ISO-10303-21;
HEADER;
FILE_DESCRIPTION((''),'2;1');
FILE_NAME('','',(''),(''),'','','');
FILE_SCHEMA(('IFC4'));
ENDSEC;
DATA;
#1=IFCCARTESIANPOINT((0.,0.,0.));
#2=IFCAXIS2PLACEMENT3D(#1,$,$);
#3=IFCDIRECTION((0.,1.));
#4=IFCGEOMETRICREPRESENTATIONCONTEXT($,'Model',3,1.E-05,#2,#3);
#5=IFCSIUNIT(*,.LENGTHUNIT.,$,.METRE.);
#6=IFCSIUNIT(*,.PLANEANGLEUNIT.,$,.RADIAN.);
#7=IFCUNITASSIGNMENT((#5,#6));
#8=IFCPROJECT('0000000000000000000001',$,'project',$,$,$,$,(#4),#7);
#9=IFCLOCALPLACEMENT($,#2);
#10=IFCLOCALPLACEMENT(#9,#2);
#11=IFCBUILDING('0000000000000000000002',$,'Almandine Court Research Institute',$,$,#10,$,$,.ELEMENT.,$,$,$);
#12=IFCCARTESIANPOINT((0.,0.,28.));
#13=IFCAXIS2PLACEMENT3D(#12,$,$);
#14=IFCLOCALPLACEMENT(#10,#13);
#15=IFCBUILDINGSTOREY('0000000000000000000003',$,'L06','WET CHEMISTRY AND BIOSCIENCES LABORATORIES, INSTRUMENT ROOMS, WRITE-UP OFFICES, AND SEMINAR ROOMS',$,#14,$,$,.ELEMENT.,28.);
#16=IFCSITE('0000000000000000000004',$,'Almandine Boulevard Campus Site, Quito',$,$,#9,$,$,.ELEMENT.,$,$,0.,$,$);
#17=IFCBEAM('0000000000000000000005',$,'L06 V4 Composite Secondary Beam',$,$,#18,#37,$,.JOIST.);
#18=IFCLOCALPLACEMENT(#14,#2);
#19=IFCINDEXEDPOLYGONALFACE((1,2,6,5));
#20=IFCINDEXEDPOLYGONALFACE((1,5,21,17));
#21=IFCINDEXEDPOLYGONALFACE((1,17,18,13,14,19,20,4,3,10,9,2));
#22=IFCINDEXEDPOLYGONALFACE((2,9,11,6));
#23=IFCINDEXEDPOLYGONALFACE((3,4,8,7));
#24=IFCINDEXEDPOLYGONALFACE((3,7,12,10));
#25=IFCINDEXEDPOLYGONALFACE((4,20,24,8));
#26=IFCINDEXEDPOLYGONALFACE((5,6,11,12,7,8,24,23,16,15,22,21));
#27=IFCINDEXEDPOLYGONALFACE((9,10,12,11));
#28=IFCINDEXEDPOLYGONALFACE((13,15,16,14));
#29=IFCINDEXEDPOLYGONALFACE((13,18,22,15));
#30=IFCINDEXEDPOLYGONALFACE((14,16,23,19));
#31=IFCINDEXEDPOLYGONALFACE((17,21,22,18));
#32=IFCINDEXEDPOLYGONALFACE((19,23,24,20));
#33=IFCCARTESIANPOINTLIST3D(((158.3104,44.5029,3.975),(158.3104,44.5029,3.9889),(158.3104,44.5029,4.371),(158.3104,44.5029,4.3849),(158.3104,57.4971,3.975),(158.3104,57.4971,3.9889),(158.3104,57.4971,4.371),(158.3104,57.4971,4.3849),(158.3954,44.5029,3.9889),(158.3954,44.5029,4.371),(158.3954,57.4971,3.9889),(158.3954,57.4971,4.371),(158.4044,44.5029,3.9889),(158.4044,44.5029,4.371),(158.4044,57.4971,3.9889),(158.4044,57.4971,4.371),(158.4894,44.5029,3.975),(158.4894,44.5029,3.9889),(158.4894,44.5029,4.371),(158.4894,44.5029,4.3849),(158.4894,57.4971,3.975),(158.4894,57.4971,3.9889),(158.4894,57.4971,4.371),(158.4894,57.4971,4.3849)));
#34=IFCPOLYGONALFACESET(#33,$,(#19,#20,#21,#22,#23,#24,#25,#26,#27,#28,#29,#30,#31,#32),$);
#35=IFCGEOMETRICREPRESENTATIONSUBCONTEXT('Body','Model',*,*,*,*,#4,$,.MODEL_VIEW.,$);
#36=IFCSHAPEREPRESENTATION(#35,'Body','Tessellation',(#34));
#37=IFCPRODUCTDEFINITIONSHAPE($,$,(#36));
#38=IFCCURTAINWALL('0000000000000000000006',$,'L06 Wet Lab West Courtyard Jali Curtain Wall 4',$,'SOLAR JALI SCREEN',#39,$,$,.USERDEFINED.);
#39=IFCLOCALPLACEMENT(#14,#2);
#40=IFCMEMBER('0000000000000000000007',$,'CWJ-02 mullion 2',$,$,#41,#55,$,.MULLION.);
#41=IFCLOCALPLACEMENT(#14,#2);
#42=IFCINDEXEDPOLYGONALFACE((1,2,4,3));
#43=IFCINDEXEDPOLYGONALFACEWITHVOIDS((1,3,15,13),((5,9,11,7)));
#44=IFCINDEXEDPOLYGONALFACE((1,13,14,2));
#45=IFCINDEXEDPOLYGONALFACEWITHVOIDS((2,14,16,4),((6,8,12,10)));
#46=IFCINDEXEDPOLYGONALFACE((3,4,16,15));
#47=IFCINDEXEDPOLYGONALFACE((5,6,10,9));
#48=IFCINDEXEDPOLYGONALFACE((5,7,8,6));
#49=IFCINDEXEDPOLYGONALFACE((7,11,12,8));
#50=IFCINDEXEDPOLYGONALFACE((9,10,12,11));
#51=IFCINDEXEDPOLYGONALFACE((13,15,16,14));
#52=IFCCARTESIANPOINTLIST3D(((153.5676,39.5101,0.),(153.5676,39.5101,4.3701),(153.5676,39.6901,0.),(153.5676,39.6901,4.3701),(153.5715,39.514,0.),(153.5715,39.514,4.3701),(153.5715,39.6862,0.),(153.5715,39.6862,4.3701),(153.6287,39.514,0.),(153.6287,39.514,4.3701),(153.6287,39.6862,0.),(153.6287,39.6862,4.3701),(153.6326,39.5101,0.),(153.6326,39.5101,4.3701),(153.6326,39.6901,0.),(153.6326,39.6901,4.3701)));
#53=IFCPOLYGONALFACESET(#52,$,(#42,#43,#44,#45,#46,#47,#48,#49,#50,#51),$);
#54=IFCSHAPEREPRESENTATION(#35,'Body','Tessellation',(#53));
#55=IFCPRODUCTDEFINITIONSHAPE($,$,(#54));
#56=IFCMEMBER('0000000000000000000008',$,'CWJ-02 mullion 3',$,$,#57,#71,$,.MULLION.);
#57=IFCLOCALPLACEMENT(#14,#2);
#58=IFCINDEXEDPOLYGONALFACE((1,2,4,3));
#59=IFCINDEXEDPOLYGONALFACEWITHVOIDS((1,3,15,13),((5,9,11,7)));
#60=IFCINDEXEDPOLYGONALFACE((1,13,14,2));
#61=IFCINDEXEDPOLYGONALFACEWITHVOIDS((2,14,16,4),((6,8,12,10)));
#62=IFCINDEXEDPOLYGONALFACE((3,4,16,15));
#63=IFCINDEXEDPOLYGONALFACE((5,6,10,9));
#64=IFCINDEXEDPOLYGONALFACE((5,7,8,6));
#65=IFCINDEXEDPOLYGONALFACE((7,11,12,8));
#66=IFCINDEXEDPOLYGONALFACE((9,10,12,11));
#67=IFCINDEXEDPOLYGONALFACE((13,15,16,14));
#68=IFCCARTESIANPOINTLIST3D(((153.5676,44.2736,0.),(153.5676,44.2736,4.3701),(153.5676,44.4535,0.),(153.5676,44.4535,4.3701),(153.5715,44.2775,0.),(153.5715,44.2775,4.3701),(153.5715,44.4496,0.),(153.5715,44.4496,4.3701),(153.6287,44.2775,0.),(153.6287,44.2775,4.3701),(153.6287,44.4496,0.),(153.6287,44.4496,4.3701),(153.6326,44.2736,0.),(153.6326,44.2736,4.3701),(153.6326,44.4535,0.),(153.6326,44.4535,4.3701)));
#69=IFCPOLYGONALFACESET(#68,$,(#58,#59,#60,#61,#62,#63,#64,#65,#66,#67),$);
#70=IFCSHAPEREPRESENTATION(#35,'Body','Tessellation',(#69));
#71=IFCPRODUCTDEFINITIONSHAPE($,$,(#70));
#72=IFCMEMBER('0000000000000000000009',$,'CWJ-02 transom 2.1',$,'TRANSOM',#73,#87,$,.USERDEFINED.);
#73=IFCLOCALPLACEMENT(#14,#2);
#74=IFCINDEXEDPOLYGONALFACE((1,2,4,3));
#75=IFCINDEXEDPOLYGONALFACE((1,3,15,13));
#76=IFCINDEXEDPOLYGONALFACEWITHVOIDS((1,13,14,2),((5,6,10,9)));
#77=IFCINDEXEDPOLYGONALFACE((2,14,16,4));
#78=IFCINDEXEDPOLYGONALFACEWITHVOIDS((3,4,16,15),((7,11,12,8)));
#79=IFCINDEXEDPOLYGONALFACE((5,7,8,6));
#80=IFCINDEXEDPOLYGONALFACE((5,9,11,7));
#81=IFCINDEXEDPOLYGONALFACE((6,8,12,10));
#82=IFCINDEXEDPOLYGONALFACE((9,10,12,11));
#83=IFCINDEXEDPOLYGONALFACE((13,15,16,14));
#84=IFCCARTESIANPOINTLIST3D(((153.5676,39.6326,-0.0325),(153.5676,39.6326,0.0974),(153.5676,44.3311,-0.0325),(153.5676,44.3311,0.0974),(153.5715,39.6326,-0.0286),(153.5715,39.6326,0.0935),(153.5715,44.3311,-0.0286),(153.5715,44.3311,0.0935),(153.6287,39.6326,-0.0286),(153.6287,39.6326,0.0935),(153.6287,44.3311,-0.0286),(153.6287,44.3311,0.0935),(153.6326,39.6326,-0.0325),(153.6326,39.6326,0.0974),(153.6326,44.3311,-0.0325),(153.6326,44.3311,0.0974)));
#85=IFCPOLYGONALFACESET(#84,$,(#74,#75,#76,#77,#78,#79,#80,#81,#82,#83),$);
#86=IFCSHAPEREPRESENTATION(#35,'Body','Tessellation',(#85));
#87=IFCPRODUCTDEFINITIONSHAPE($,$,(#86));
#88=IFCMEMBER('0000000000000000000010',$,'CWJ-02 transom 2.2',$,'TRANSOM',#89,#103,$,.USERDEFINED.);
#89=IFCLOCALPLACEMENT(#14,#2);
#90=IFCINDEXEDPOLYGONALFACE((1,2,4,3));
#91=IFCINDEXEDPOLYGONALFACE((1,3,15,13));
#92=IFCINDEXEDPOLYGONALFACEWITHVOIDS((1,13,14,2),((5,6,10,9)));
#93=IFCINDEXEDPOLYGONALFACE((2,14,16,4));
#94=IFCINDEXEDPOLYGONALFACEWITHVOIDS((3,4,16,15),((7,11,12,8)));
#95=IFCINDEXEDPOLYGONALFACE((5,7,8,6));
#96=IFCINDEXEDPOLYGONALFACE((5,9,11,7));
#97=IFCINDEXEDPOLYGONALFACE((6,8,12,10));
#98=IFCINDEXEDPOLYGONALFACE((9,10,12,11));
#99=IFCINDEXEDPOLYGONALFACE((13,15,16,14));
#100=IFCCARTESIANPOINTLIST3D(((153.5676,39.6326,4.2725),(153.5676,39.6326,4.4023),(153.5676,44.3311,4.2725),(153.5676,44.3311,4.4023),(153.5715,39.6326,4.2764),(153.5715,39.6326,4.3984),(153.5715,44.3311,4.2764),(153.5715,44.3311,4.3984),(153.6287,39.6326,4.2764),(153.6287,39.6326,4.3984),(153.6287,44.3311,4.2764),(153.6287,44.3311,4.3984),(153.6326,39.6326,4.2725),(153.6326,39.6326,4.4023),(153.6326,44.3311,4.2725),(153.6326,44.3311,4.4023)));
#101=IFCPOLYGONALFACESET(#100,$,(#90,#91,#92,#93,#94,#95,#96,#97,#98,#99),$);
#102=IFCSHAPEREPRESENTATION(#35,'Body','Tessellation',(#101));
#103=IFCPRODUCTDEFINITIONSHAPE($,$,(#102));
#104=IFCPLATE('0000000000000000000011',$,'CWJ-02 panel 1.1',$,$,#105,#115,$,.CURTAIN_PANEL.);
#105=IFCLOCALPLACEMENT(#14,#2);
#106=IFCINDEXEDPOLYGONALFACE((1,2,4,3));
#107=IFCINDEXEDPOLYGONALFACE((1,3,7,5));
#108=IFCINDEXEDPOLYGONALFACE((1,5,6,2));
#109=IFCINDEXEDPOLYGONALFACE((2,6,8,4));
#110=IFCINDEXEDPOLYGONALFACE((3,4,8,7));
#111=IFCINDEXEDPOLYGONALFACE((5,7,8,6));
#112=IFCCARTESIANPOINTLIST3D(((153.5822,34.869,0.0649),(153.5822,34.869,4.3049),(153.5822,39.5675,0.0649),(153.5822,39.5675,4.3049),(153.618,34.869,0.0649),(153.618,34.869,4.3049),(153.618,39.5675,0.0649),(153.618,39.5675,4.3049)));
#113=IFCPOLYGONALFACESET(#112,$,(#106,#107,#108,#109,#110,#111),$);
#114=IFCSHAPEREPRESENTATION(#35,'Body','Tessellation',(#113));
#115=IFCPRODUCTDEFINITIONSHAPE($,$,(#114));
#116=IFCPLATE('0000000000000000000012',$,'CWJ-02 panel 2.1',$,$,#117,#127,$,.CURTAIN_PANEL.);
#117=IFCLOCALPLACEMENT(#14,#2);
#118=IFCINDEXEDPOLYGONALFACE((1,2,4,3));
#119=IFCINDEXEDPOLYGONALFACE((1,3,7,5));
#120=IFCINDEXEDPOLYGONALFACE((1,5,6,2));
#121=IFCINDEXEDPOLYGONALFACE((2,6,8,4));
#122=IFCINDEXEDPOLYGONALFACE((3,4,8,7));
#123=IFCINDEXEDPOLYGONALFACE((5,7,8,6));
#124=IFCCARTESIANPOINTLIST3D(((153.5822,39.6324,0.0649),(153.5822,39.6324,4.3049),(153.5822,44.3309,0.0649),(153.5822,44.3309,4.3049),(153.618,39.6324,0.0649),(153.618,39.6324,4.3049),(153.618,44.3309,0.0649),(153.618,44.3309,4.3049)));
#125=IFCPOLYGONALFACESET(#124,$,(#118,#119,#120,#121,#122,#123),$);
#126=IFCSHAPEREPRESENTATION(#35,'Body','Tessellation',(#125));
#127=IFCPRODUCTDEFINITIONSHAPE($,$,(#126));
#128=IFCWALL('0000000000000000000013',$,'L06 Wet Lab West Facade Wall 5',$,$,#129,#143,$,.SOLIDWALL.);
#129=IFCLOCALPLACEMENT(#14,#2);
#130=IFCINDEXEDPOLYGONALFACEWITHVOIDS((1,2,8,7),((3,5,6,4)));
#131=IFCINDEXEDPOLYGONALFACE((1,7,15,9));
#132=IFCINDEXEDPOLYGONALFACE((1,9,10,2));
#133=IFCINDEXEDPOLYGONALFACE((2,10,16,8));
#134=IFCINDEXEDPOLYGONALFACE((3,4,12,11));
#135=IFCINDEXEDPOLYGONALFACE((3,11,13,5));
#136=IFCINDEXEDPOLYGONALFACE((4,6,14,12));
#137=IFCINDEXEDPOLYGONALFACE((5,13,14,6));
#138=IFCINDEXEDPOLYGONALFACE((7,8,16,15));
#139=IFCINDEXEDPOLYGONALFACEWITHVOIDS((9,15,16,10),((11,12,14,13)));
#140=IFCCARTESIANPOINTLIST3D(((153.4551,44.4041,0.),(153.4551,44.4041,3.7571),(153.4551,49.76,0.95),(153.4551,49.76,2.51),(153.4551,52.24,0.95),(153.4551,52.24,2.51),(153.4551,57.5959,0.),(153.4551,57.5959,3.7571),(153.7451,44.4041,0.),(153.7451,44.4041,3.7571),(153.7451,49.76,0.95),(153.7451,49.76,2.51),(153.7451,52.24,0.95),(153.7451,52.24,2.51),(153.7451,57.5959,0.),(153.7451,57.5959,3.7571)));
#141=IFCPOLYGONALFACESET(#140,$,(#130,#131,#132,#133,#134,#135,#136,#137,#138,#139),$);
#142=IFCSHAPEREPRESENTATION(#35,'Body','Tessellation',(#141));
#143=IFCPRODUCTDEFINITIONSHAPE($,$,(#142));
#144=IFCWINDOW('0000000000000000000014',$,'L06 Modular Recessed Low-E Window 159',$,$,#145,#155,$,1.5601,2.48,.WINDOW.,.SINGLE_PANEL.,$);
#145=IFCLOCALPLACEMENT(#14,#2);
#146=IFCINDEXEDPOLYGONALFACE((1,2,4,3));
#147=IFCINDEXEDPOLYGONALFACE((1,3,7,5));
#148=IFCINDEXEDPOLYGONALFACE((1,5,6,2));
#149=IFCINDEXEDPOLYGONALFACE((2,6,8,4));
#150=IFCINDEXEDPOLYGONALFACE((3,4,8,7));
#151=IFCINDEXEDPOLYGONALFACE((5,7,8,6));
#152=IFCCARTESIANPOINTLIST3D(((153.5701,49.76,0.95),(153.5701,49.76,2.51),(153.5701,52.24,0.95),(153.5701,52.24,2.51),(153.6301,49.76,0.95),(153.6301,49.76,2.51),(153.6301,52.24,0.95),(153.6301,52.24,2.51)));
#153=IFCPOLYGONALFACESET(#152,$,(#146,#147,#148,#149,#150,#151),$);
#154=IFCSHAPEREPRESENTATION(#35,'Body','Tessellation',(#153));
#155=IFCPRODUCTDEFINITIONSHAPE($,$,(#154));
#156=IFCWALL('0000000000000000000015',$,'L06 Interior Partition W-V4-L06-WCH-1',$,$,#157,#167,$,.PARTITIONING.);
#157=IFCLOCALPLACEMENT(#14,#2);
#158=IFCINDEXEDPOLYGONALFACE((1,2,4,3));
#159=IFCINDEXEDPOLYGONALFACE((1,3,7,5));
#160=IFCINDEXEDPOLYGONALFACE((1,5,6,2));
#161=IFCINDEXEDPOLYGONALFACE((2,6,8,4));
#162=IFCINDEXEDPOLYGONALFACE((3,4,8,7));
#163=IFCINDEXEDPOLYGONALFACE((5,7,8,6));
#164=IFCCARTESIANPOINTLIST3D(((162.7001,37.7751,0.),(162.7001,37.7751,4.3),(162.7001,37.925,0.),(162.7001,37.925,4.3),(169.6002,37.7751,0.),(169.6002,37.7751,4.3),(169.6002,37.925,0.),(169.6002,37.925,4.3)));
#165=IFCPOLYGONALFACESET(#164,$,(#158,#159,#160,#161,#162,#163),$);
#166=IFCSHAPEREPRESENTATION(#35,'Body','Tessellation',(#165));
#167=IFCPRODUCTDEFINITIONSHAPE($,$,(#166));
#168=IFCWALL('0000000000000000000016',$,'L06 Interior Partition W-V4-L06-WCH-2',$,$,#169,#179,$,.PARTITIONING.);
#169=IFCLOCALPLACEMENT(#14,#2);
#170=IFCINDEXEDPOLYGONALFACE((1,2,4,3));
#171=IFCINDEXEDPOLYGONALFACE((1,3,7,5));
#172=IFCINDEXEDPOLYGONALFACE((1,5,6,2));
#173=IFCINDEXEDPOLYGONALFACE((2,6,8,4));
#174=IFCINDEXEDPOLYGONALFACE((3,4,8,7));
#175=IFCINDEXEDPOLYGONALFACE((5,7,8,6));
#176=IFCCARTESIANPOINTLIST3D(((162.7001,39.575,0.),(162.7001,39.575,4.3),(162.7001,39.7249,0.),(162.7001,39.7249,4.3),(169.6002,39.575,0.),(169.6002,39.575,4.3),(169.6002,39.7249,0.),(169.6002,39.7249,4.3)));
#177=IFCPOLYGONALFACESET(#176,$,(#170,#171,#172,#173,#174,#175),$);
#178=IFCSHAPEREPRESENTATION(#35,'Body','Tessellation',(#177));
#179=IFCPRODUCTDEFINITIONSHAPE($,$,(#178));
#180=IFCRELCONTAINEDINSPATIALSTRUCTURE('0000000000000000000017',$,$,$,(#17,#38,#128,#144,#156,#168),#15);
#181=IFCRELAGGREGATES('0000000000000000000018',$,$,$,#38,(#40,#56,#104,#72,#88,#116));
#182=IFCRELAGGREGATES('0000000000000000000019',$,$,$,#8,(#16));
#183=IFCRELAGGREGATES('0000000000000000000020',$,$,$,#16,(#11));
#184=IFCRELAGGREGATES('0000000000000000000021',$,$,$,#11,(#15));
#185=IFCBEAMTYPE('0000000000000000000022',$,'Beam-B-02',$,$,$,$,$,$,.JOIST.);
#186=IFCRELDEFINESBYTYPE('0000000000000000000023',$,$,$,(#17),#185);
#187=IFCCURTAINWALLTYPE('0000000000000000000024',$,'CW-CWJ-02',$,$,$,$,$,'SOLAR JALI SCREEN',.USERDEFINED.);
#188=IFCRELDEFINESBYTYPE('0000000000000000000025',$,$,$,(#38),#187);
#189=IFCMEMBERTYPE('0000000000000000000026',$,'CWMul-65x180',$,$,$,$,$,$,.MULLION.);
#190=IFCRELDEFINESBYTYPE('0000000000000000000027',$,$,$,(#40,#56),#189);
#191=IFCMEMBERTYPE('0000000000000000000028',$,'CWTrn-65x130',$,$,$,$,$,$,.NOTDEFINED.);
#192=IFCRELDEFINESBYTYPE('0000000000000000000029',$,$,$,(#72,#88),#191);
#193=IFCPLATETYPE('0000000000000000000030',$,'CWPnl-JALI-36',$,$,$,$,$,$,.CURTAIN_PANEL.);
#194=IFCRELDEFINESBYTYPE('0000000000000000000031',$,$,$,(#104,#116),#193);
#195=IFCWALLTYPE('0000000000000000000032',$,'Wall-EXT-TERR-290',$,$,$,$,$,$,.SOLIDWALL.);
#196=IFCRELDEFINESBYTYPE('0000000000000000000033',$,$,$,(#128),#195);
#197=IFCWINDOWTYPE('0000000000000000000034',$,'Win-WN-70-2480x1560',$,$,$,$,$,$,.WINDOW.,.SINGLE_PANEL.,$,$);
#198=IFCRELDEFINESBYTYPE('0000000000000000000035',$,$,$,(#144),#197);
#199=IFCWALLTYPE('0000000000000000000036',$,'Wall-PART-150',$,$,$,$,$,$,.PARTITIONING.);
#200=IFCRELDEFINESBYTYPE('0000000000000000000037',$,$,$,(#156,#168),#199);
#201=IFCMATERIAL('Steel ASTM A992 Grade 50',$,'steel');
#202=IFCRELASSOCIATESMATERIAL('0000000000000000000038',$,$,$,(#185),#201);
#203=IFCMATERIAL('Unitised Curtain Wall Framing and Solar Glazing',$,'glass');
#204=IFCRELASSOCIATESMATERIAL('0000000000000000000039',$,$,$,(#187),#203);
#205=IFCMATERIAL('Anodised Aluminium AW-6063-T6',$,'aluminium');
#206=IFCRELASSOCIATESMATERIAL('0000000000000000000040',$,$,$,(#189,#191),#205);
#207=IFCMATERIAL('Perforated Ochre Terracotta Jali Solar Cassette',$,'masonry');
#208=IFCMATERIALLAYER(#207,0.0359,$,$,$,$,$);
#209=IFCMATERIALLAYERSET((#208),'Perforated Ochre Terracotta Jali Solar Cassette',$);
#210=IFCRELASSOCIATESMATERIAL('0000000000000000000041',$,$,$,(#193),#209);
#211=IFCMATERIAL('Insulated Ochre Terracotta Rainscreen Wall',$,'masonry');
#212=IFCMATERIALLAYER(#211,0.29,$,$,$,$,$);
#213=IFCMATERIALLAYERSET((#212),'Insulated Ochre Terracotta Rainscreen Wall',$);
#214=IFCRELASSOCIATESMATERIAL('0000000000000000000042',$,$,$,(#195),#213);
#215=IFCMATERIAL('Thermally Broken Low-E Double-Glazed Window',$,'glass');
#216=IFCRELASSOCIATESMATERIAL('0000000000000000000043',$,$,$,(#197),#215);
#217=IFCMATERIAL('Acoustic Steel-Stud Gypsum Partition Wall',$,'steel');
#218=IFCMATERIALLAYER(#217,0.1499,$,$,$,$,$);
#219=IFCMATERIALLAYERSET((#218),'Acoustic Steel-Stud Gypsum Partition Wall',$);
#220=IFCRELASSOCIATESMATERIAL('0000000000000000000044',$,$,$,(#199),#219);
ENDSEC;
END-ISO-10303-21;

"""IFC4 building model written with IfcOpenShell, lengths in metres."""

from ifc_helpers import new_model, si_unit, direction, frame, frame_2d, origin, origin_2d, place, context, subcontext, project, spatial, rectangle, hollow_rectangle, i_section, extrude, material, layer, layer_set, material_profile, profile_set, type_object, element, fill, aggregate, save


model = new_model("IFC4")

# Units and contexts
model_context = context("Model", 3, precision=1e-05, world=origin(), true_north=direction((0.0, 1.0)))
body_context = subcontext(model_context, "Body", "Model", "MODEL_VIEW")
ifc_project = project(units=[si_unit("LENGTHUNIT", "METRE"), si_unit("PLANEANGLEUNIT", "RADIAN")], contexts=[model_context])

# Site, building, storey
site_placement = place(None, origin())
site = spatial("IfcSite", under=ifc_project, at=site_placement, Name="Almandine Boulevard Campus Site, Quito", CompositionType="ELEMENT", RefElevation=0.0)
building_placement = place(site_placement, origin())
building = spatial("IfcBuilding", under=site, at=building_placement, Name="Almandine Court Research Institute", CompositionType="ELEMENT")
storey_placement = place(building_placement, frame((0.0, 0.0, 28.0)))
storey = spatial("IfcBuildingStorey", under=building, at=storey_placement, Name="L06", Description="WET CHEMISTRY AND BIOSCIENCES LABORATORIES, INSTRUMENT ROOMS, WRITE-UP OFFICES, AND SEMINAR ROOMS", CompositionType="ELEMENT", Elevation=28.0)

# Beam
ifc_material_1 = material(Name="Steel ASTM A992 Grade 50", Category="steel")
ifc_material_profile_1 = material_profile(ifc_material_1, i_section(OverallWidth=0.179, OverallDepth=0.4099, WebThickness=0.009, FlangeThickness=0.0139, at=origin_2d()), Name="W410x67")
ifc_profile_set_1 = profile_set([ifc_material_profile_1], Name="Steel ASTM A992 Grade 50")
beam_type = type_object("IfcBeamType", Name="Beam-B-02", PredefinedType="JOIST", material=ifc_profile_set_1)
beam_placement = place(storey_placement, frame((158.3999, 44.5029, 4.1799), z_axis=(0.0, 1.0, 0.0), x_axis=(-1.0, 0.0, 0.0)))
element("IfcBeam", 1, at=beam_placement, inside=storey, type_object=beam_type, Name="L06 V4 Composite Secondary Beam", PredefinedType="JOIST", context=body_context, shape_type="SweptSolid", body=[
    extrude(i_section(OverallWidth=0.179, OverallDepth=0.4099, WebThickness=0.009, FlangeThickness=0.0139, at=origin_2d()), origin(), (0.0, 0.0, 1.0), 12.9941),
])

# Curtain wall, members, plates
ifc_material_2 = material(Name="Unitised Curtain Wall Framing and Solar Glazing", Category="glass")
curtain_wall_type = type_object("IfcCurtainWallType", Name="CW-CWJ-02", ElementType="SOLAR JALI SCREEN", PredefinedType="USERDEFINED", material=ifc_material_2)
curtain_wall_placement = place(storey_placement, origin())
curtain_wall = element("IfcCurtainWall", 2, at=curtain_wall_placement, inside=storey, type_object=curtain_wall_type, Name="L06 Wet Lab West Courtyard Jali Curtain Wall 4", ObjectType="SOLAR JALI SCREEN", PredefinedType="USERDEFINED")
ifc_material_3 = material(Name="Anodised Aluminium AW-6063-T6", Category="aluminium")
ifc_material_profile_2 = material_profile(ifc_material_3, hollow_rectangle(XDim=0.0649, YDim=0.1799, WallThickness=0.0039, at=origin_2d()), Name="ALU RHS 65x180x4")
ifc_profile_set_2 = profile_set([ifc_material_profile_2], Name="Anodised Aluminium AW-6063-T6")
member_type_1 = type_object("IfcMemberType", Name="CWMul-65x180", PredefinedType="MULLION", material=ifc_profile_set_2)
member_1_placement = place(storey_placement, frame((153.6001, 39.6001, 0.0), z_axis=(0.0, 0.0, 1.0), x_axis=(-1.0, 0.0, 0.0)))
member_1 = element("IfcMember", 3, at=member_1_placement, type_object=member_type_1, Name="CWJ-02 mullion 2", PredefinedType="MULLION", context=body_context, shape_type="SweptSolid", body=[
    extrude(hollow_rectangle(XDim=0.0649, YDim=0.1799, WallThickness=0.0039, at=origin_2d()), origin(), (0.0, 0.0, 1.0), 4.3701),
])
member_2_placement = place(storey_placement, frame((153.6001, 44.3635, 0.0), z_axis=(0.0, 0.0, 1.0), x_axis=(-1.0, 0.0, 0.0)))
member_2 = element("IfcMember", 4, at=member_2_placement, type_object=member_type_1, Name="CWJ-02 mullion 3", PredefinedType="MULLION", context=body_context, shape_type="SweptSolid", body=[
    extrude(hollow_rectangle(XDim=0.0649, YDim=0.1799, WallThickness=0.0039, at=origin_2d()), origin(), (0.0, 0.0, 1.0), 4.3701),
])
ifc_material_profile_3 = material_profile(ifc_material_3, hollow_rectangle(XDim=0.0649, YDim=0.1299, WallThickness=0.0039, at=origin_2d()), Name="ALU RHS 65x130x4")
ifc_profile_set_3 = profile_set([ifc_material_profile_3], Name="Anodised Aluminium AW-6063-T6")
member_type_2 = type_object("IfcMemberType", Name="CWTrn-65x130", PredefinedType="NOTDEFINED", material=ifc_profile_set_3)
member_3_placement = place(storey_placement, frame((153.6001, 39.6326, 0.0325), z_axis=(0.0, 1.0, 0.0), x_axis=(-1.0, 0.0, 0.0)))
member_3 = element("IfcMember", 5, at=member_3_placement, type_object=member_type_2, Name="CWJ-02 transom 2.1", ObjectType="TRANSOM", PredefinedType="USERDEFINED", context=body_context, shape_type="SweptSolid", body=[
    extrude(hollow_rectangle(XDim=0.0649, YDim=0.1299, WallThickness=0.0039, at=origin_2d()), origin(), (0.0, 0.0, 1.0), 4.6985),
])
member_4_placement = place(storey_placement, frame((153.6001, 39.6326, 4.3374), z_axis=(0.0, 1.0, 0.0), x_axis=(-1.0, 0.0, 0.0)))
member_4 = element("IfcMember", 6, at=member_4_placement, type_object=member_type_2, Name="CWJ-02 transom 2.2", ObjectType="TRANSOM", PredefinedType="USERDEFINED", context=body_context, shape_type="SweptSolid", body=[
    extrude(hollow_rectangle(XDim=0.0649, YDim=0.1299, WallThickness=0.0039, at=origin_2d()), origin(), (0.0, 0.0, 1.0), 4.6985),
])
ifc_material_4 = material(Name="Perforated Ochre Terracotta Jali Solar Cassette", Category="masonry")
ifc_layer_1 = layer(ifc_material_4, 0.0359)
ifc_layer_set_1 = layer_set([ifc_layer_1], Name="Perforated Ochre Terracotta Jali Solar Cassette")
plate_type = type_object("IfcPlateType", Name="CWPnl-JALI-36", PredefinedType="CURTAIN_PANEL", material=ifc_layer_set_1)
plate_1_placement = place(storey_placement, frame((153.6001, 37.2183, 0.0649), z_axis=(0.0, 0.0, 1.0), x_axis=(0.0, 1.0, 0.0)))
plate_1 = element("IfcPlate", 7, at=plate_1_placement, type_object=plate_type, Name="CWJ-02 panel 1.1", PredefinedType="CURTAIN_PANEL", context=body_context, shape_type="SweptSolid", body=[
    extrude(rectangle(XDim=4.6985, YDim=0.0359, at=origin_2d()), origin(), (0.0, 0.0, 1.0), 4.24),
])
plate_2_placement = place(storey_placement, frame((153.6001, 41.9817, 0.0649), z_axis=(0.0, 0.0, 1.0), x_axis=(0.0, 1.0, 0.0)))
plate_2 = element("IfcPlate", 8, at=plate_2_placement, type_object=plate_type, Name="CWJ-02 panel 2.1", PredefinedType="CURTAIN_PANEL", context=body_context, shape_type="SweptSolid", body=[
    extrude(rectangle(XDim=4.6985, YDim=0.0359, at=origin_2d()), origin(), (0.0, 0.0, 1.0), 4.24),
])
aggregate(curtain_wall, [member_1, member_2, plate_1, member_3, member_4, plate_2])

# Wall, opening, window
ifc_material_5 = material(Name="Insulated Ochre Terracotta Rainscreen Wall", Category="masonry")
ifc_layer_2 = layer(ifc_material_5, 0.29)
ifc_layer_set_2 = layer_set([ifc_layer_2], Name="Insulated Ochre Terracotta Rainscreen Wall")
wall_type_1 = type_object("IfcWallType", Name="Wall-EXT-TERR-290", PredefinedType="SOLIDWALL", material=ifc_layer_set_2)
wall_1_placement = place(storey_placement, frame((153.6001, 44.4041, 0.0), z_axis=(0.0, 0.0, 1.0), x_axis=(0.0, 1.0, 0.0)))
wall_1 = element("IfcWall", 9, at=wall_1_placement, inside=storey, type_object=wall_type_1, Name="L06 Wet Lab West Facade Wall 5", PredefinedType="SOLIDWALL", context=body_context, shape_type="SweptSolid", body=[
    extrude(rectangle(XDim=13.1919, YDim=0.29, at=frame_2d((6.5959, 0.0))), origin(), (0.0, 0.0, 1.0), 3.7571),
])
opening_1_placement = place(wall_1_placement, frame((5.356, 0.0, 0.95)))
opening_1 = element("IfcOpeningElement", 10, at=opening_1_placement, cuts=wall_1, PredefinedType="OPENING", context=body_context, shape_type="SweptSolid", body=[
    extrude(rectangle(XDim=2.48, YDim=1.5601, at=frame_2d((1.24, 0.78))), frame((0.0, 0.155, 0.0), z_axis=(0.0, -1.0, 0.0), x_axis=(1.0, 0.0, 0.0)), (0.0, 0.0, 1.0), 0.3101),
])
ifc_material_6 = material(Name="Thermally Broken Low-E Double-Glazed Window", Category="glass")
window_type = type_object("IfcWindowType", Name="Win-WN-70-2480x1560", PartitioningType="SINGLE_PANEL", PredefinedType="WINDOW", material=ifc_material_6)
window_placement = place(opening_1_placement, origin())
window = element("IfcWindow", 11, at=window_placement, inside=storey, type_object=window_type, Name="L06 Modular Recessed Low-E Window 159", OverallHeight=1.5601, OverallWidth=2.48, PartitioningType="SINGLE_PANEL", PredefinedType="WINDOW", context=body_context, shape_type="SweptSolid", body=[
    extrude(rectangle(XDim=2.48, YDim=1.5601, at=frame_2d((1.24, 0.78))), frame((0.0, 0.03, 0.0), z_axis=(0.0, -1.0, 0.0), x_axis=(1.0, 0.0, 0.0)), (0.0, 0.0, 1.0), 0.0601),
])
fill(opening_1, window)

# Walls
ifc_material_7 = material(Name="Acoustic Steel-Stud Gypsum Partition Wall", Category="steel")
ifc_layer_3 = layer(ifc_material_7, 0.1499)
ifc_layer_set_3 = layer_set([ifc_layer_3], Name="Acoustic Steel-Stud Gypsum Partition Wall")
wall_type_2 = type_object("IfcWallType", Name="Wall-PART-150", PredefinedType="PARTITIONING", material=ifc_layer_set_3)
for number, where, z_axis, x_axis, name in (
    (12, (162.7, 37.8501, 0.0), (0.0, 0.0, 1.0), (1.0, 0.0, 0.0), "L06 Interior Partition W-V4-L06-WCH-1"),
    (13, (162.7, 39.6499, 0.0), (0.0, 0.0, 1.0), (1.0, 0.0, 0.0), "L06 Interior Partition W-V4-L06-WCH-2"),
):
    element("IfcWall", number, at=place(storey_placement, frame(where, z_axis=z_axis, x_axis=x_axis)), inside=storey, type_object=wall_type_2, Name=name, PredefinedType="PARTITIONING", context=body_context, shape_type="SweptSolid", body=[
        extrude(rectangle(XDim=6.9001, YDim=0.1499, at=frame_2d((3.4502, 0.0))), origin(), (0.0, 0.0, 1.0), 4.3),
    ])

save(model, "model.ifc")
